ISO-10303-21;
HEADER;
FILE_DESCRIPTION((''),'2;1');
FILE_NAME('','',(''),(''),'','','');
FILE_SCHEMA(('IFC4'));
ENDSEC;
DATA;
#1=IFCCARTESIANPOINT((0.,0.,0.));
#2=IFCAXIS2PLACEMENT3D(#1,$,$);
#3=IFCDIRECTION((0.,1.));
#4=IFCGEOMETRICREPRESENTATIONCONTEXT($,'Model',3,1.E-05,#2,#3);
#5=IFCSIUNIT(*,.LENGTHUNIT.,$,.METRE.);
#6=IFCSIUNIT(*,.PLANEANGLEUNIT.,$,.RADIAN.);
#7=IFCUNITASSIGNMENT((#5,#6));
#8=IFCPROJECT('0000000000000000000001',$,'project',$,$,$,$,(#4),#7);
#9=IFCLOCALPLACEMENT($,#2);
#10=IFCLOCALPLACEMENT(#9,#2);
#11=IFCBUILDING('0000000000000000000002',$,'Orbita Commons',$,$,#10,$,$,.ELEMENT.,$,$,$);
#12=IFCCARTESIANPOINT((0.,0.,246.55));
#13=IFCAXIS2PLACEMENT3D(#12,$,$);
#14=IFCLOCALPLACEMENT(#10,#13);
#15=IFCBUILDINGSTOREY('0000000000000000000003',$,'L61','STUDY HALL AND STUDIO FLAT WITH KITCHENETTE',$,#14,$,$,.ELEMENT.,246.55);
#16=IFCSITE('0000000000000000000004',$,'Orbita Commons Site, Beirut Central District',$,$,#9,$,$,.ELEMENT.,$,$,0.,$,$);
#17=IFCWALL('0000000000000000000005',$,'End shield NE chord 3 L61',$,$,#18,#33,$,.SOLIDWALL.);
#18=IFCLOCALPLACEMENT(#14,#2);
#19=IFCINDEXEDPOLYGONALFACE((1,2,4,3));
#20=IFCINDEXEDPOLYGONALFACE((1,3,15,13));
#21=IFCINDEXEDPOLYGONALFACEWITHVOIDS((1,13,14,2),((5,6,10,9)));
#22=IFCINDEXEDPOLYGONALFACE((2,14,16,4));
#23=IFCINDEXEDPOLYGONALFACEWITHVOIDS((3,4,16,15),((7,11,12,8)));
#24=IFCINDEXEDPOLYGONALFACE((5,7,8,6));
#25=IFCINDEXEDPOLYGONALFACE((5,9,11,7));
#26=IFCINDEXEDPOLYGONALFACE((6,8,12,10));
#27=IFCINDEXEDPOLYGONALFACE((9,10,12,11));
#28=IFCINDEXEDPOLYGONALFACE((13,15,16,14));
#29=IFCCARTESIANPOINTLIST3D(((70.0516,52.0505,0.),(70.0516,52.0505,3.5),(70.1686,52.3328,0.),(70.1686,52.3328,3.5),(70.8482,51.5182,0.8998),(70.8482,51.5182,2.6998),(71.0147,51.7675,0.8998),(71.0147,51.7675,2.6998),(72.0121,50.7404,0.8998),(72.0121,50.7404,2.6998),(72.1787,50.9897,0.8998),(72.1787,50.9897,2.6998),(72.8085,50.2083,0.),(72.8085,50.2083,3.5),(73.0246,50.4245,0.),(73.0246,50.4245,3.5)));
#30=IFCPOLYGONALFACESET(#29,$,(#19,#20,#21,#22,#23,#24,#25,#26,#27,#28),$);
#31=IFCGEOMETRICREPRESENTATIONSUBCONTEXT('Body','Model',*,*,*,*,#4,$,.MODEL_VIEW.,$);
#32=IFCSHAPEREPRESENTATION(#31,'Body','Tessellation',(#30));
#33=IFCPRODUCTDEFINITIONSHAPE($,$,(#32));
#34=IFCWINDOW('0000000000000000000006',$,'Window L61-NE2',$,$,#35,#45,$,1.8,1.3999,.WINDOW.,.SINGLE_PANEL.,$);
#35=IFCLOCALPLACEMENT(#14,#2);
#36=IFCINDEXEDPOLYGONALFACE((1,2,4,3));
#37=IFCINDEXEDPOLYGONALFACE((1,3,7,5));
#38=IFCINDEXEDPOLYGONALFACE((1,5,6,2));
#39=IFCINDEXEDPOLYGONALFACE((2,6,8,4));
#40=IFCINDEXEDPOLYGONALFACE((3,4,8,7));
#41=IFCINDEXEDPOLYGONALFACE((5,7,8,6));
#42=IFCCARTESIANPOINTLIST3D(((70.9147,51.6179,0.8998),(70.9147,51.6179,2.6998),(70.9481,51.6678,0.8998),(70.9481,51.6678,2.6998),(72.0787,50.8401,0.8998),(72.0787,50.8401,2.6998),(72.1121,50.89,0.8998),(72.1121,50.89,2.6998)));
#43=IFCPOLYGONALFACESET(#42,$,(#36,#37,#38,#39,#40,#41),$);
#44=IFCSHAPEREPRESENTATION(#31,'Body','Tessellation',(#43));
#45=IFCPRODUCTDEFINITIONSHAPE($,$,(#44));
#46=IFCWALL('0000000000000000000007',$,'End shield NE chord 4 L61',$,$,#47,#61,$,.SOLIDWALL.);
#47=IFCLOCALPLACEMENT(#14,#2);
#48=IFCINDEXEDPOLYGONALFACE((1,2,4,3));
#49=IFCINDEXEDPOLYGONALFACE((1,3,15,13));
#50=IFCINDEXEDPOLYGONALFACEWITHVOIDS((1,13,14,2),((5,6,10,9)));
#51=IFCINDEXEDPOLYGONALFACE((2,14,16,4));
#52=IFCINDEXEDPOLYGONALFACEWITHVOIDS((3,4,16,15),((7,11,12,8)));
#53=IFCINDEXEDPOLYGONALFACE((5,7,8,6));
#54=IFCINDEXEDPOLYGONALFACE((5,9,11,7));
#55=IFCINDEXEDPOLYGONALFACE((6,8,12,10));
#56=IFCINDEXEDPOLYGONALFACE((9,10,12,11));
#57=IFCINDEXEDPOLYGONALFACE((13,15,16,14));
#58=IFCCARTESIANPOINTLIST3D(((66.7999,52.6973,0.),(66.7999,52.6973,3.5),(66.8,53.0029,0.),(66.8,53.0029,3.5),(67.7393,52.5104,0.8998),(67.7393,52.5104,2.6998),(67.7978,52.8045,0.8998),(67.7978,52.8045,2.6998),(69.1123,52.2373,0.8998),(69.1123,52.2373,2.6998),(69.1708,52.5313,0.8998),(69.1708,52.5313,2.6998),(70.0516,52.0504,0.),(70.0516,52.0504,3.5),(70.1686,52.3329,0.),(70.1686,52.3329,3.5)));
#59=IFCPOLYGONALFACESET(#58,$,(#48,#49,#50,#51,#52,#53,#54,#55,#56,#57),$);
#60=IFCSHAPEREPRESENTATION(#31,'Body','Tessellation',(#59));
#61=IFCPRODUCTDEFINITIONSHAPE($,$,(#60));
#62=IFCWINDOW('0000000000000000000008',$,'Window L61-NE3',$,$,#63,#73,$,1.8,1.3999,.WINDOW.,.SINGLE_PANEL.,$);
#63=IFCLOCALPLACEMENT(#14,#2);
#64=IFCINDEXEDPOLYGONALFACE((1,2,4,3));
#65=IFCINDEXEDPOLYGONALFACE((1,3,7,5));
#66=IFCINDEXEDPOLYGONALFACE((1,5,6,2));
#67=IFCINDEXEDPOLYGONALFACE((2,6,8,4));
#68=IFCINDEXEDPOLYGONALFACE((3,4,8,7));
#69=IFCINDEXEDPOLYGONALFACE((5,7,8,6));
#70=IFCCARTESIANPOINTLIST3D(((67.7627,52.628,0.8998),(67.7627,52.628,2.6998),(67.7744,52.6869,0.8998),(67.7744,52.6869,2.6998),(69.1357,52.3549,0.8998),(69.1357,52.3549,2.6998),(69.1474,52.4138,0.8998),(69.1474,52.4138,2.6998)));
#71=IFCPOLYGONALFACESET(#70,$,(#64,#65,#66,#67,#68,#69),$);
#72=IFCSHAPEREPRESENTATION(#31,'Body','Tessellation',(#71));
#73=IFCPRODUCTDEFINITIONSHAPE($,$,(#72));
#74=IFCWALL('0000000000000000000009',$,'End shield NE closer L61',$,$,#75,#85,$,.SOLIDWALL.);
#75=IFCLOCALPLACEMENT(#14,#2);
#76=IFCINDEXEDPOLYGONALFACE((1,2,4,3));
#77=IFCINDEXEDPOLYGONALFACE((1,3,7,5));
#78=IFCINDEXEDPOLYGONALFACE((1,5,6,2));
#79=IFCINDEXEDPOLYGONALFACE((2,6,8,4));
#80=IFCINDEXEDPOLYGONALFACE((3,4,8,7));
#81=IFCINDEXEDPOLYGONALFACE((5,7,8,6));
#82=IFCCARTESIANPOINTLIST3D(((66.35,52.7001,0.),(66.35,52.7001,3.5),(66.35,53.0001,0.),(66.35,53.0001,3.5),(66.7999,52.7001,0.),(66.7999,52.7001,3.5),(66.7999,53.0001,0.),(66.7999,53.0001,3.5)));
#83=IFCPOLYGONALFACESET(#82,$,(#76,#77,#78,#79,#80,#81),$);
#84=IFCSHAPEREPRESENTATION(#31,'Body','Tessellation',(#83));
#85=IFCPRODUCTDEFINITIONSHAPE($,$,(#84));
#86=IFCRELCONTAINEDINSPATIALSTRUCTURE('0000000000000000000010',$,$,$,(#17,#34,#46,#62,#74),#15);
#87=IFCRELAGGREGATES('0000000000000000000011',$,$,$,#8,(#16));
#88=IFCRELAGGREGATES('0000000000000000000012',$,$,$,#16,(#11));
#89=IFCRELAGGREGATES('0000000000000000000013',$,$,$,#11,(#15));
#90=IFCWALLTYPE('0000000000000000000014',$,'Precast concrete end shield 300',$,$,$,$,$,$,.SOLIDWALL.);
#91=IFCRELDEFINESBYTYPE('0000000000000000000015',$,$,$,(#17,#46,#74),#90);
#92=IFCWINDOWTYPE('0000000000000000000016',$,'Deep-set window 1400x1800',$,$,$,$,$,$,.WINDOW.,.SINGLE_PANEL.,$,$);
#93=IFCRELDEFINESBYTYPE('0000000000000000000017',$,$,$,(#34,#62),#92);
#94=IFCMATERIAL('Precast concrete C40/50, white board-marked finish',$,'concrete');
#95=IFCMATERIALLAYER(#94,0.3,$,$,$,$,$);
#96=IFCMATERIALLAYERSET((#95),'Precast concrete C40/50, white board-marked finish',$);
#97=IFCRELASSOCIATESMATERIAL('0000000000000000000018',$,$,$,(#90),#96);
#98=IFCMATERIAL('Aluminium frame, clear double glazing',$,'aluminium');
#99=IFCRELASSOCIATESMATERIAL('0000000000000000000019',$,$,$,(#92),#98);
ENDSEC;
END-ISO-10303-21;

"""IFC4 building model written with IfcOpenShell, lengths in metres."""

from ifc_helpers import new_model, si_unit, direction, frame, frame_2d, origin, place, context, subcontext, project, spatial, polyline, rectangle, outline, extrude, material, layer, layer_set, type_object, element, fill, save


model = new_model("IFC4")

# Units and contexts
model_context = context("Model", 3, precision=1e-05, world=origin(), true_north=direction((0.0, 1.0)))
body_context = subcontext(model_context, "Body", "Model", "MODEL_VIEW")
ifc_project = project(units=[si_unit("LENGTHUNIT", "METRE"), si_unit("PLANEANGLEUNIT", "RADIAN")], contexts=[model_context])

# Site, building, storey
site_placement = place(None, origin())
site = spatial("IfcSite", under=ifc_project, at=site_placement, Name="Orbita Commons Site, Beirut Central District", CompositionType="ELEMENT", RefElevation=0.0)
building_placement = place(site_placement, origin())
building = spatial("IfcBuilding", under=site, at=building_placement, Name="Orbita Commons", CompositionType="ELEMENT")
storey_placement = place(building_placement, frame((0.0, 0.0, 246.55)))
storey = spatial("IfcBuildingStorey", under=building, at=storey_placement, Name="L61", Description="STUDY HALL AND STUDIO FLAT WITH KITCHENETTE", CompositionType="ELEMENT", Elevation=246.55)

# Walls, openings, windows
ifc_material_1 = material(Name="Precast concrete C40/50, white board-marked finish", Category="concrete")
ifc_layer_1 = layer(ifc_material_1, 0.3)
ifc_layer_set_1 = layer_set([ifc_layer_1], Name="Precast concrete C40/50, white board-marked finish")
wall_type_1 = type_object("IfcWallType", Name="Precast concrete end shield 300", PredefinedType="SOLIDWALL", material=ifc_layer_set_1)
wall_1_placement = place(storey_placement, frame((72.9165, 50.3164, 0.0), z_axis=(0.0, 0.0, 1.0), x_axis=(-0.83146, 0.555585, 0.0)))
wall_1 = element("IfcWall", 1, at=wall_1_placement, inside=storey, type_object=wall_type_1, Name="End shield NE chord 3 L61", PredefinedType="SOLIDWALL", context=body_context, shape_type="SweptSolid", body=[
    extrude(outline(polyline([(-0.0298, -0.1499), (3.405, -0.1499), (3.3455, 0.1499), (0.0298, 0.1499), (-0.0298, -0.1499)])), origin(), (0.0, 0.0, 1.0), 3.5),
])
opening_1_placement = place(wall_1_placement, frame((0.9875, 0.0, 0.8999)))
opening_1 = element("IfcOpeningElement", 2, at=opening_1_placement, cuts=wall_1, PredefinedType="OPENING", context=body_context, shape_type="SweptSolid", body=[
    extrude(rectangle(XDim=1.3999, YDim=1.8, at=frame_2d((0.7, 0.8999))), frame((0.0, 0.1599, 0.0), z_axis=(0.0, -1.0, 0.0), x_axis=(1.0, 0.0, 0.0)), (0.0, 0.0, 1.0), 0.3201),
])
ifc_material_2 = material(Name="Aluminium frame, clear double glazing", Category="aluminium")
window_type = type_object("IfcWindowType", Name="Deep-set window 1400x1800", PartitioningType="SINGLE_PANEL", PredefinedType="WINDOW", material=ifc_material_2)
window_1_placement = place(opening_1_placement, origin())
window_1 = element("IfcWindow", 3, at=window_1_placement, inside=storey, type_object=window_type, Name="Window L61-NE2", OverallHeight=1.8, OverallWidth=1.3999, PartitioningType="SINGLE_PANEL", PredefinedType="WINDOW", context=body_context, shape_type="SweptSolid", body=[
    extrude(rectangle(XDim=1.3999, YDim=1.8, at=frame_2d((0.7, 0.8999))), frame((0.0, 0.03, 0.0), z_axis=(0.0, -1.0, 0.0), x_axis=(1.0, 0.0, 0.0)), (0.0, 0.0, 1.0), 0.0601),
])
fill(opening_1, window_1)
wall_2_placement = place(storey_placement, frame((70.1101, 52.1917, 0.0), z_axis=(0.0, 0.0, 1.0), x_axis=(-0.980783, 0.1951, 0.0)))
wall_2 = element("IfcWall", 4, at=wall_2_placement, inside=storey, type_object=wall_type_1, Name="End shield NE chord 4 L61", PredefinedType="SOLIDWALL", context=body_context, shape_type="SweptSolid", body=[
    extrude(outline(polyline([(-0.0298, -0.1499), (3.4048, -0.1499), (3.3452, 0.1499), (0.0298, 0.1499), (-0.0298, -0.1499)])), origin(), (0.0, 0.0, 1.0), 3.5),
])
opening_2_placement = place(wall_2_placement, frame((0.9875, 0.0, 0.8999)))
opening_2 = element("IfcOpeningElement", 5, at=opening_2_placement, cuts=wall_2, PredefinedType="OPENING", context=body_context, shape_type="SweptSolid", body=[
    extrude(rectangle(XDim=1.3999, YDim=1.8, at=frame_2d((0.7, 0.8999))), frame((0.0, 0.1599, 0.0), z_axis=(0.0, -1.0, 0.0), x_axis=(1.0, 0.0, 0.0)), (0.0, 0.0, 1.0), 0.3201),
])
window_2_placement = place(opening_2_placement, origin())
window_2 = element("IfcWindow", 6, at=window_2_placement, inside=storey, type_object=window_type, Name="Window L61-NE3", OverallHeight=1.8, OverallWidth=1.3999, PartitioningType="SINGLE_PANEL", PredefinedType="WINDOW", context=body_context, shape_type="SweptSolid", body=[
    extrude(rectangle(XDim=1.3999, YDim=1.8, at=frame_2d((0.7, 0.8999))), frame((0.0, 0.03, 0.0), z_axis=(0.0, -1.0, 0.0), x_axis=(1.0, 0.0, 0.0)), (0.0, 0.0, 1.0), 0.0601),
])
fill(opening_2, window_2)

# Wall
wall_3_placement = place(storey_placement, frame((66.8, 52.8501, 0.0), z_axis=(0.0, 0.0, 1.0), x_axis=(-1.0, 0.0, 0.0)))
element("IfcWall", 7, at=wall_3_placement, inside=storey, type_object=wall_type_1, Name="End shield NE closer L61", PredefinedType="SOLIDWALL", context=body_context, shape_type="SweptSolid", body=[
    extrude(rectangle(XDim=0.45, YDim=0.3, at=frame_2d((0.2251, 0.0))), origin(), (0.0, 0.0, 1.0), 3.5),
])

save(model, "model.ifc")
